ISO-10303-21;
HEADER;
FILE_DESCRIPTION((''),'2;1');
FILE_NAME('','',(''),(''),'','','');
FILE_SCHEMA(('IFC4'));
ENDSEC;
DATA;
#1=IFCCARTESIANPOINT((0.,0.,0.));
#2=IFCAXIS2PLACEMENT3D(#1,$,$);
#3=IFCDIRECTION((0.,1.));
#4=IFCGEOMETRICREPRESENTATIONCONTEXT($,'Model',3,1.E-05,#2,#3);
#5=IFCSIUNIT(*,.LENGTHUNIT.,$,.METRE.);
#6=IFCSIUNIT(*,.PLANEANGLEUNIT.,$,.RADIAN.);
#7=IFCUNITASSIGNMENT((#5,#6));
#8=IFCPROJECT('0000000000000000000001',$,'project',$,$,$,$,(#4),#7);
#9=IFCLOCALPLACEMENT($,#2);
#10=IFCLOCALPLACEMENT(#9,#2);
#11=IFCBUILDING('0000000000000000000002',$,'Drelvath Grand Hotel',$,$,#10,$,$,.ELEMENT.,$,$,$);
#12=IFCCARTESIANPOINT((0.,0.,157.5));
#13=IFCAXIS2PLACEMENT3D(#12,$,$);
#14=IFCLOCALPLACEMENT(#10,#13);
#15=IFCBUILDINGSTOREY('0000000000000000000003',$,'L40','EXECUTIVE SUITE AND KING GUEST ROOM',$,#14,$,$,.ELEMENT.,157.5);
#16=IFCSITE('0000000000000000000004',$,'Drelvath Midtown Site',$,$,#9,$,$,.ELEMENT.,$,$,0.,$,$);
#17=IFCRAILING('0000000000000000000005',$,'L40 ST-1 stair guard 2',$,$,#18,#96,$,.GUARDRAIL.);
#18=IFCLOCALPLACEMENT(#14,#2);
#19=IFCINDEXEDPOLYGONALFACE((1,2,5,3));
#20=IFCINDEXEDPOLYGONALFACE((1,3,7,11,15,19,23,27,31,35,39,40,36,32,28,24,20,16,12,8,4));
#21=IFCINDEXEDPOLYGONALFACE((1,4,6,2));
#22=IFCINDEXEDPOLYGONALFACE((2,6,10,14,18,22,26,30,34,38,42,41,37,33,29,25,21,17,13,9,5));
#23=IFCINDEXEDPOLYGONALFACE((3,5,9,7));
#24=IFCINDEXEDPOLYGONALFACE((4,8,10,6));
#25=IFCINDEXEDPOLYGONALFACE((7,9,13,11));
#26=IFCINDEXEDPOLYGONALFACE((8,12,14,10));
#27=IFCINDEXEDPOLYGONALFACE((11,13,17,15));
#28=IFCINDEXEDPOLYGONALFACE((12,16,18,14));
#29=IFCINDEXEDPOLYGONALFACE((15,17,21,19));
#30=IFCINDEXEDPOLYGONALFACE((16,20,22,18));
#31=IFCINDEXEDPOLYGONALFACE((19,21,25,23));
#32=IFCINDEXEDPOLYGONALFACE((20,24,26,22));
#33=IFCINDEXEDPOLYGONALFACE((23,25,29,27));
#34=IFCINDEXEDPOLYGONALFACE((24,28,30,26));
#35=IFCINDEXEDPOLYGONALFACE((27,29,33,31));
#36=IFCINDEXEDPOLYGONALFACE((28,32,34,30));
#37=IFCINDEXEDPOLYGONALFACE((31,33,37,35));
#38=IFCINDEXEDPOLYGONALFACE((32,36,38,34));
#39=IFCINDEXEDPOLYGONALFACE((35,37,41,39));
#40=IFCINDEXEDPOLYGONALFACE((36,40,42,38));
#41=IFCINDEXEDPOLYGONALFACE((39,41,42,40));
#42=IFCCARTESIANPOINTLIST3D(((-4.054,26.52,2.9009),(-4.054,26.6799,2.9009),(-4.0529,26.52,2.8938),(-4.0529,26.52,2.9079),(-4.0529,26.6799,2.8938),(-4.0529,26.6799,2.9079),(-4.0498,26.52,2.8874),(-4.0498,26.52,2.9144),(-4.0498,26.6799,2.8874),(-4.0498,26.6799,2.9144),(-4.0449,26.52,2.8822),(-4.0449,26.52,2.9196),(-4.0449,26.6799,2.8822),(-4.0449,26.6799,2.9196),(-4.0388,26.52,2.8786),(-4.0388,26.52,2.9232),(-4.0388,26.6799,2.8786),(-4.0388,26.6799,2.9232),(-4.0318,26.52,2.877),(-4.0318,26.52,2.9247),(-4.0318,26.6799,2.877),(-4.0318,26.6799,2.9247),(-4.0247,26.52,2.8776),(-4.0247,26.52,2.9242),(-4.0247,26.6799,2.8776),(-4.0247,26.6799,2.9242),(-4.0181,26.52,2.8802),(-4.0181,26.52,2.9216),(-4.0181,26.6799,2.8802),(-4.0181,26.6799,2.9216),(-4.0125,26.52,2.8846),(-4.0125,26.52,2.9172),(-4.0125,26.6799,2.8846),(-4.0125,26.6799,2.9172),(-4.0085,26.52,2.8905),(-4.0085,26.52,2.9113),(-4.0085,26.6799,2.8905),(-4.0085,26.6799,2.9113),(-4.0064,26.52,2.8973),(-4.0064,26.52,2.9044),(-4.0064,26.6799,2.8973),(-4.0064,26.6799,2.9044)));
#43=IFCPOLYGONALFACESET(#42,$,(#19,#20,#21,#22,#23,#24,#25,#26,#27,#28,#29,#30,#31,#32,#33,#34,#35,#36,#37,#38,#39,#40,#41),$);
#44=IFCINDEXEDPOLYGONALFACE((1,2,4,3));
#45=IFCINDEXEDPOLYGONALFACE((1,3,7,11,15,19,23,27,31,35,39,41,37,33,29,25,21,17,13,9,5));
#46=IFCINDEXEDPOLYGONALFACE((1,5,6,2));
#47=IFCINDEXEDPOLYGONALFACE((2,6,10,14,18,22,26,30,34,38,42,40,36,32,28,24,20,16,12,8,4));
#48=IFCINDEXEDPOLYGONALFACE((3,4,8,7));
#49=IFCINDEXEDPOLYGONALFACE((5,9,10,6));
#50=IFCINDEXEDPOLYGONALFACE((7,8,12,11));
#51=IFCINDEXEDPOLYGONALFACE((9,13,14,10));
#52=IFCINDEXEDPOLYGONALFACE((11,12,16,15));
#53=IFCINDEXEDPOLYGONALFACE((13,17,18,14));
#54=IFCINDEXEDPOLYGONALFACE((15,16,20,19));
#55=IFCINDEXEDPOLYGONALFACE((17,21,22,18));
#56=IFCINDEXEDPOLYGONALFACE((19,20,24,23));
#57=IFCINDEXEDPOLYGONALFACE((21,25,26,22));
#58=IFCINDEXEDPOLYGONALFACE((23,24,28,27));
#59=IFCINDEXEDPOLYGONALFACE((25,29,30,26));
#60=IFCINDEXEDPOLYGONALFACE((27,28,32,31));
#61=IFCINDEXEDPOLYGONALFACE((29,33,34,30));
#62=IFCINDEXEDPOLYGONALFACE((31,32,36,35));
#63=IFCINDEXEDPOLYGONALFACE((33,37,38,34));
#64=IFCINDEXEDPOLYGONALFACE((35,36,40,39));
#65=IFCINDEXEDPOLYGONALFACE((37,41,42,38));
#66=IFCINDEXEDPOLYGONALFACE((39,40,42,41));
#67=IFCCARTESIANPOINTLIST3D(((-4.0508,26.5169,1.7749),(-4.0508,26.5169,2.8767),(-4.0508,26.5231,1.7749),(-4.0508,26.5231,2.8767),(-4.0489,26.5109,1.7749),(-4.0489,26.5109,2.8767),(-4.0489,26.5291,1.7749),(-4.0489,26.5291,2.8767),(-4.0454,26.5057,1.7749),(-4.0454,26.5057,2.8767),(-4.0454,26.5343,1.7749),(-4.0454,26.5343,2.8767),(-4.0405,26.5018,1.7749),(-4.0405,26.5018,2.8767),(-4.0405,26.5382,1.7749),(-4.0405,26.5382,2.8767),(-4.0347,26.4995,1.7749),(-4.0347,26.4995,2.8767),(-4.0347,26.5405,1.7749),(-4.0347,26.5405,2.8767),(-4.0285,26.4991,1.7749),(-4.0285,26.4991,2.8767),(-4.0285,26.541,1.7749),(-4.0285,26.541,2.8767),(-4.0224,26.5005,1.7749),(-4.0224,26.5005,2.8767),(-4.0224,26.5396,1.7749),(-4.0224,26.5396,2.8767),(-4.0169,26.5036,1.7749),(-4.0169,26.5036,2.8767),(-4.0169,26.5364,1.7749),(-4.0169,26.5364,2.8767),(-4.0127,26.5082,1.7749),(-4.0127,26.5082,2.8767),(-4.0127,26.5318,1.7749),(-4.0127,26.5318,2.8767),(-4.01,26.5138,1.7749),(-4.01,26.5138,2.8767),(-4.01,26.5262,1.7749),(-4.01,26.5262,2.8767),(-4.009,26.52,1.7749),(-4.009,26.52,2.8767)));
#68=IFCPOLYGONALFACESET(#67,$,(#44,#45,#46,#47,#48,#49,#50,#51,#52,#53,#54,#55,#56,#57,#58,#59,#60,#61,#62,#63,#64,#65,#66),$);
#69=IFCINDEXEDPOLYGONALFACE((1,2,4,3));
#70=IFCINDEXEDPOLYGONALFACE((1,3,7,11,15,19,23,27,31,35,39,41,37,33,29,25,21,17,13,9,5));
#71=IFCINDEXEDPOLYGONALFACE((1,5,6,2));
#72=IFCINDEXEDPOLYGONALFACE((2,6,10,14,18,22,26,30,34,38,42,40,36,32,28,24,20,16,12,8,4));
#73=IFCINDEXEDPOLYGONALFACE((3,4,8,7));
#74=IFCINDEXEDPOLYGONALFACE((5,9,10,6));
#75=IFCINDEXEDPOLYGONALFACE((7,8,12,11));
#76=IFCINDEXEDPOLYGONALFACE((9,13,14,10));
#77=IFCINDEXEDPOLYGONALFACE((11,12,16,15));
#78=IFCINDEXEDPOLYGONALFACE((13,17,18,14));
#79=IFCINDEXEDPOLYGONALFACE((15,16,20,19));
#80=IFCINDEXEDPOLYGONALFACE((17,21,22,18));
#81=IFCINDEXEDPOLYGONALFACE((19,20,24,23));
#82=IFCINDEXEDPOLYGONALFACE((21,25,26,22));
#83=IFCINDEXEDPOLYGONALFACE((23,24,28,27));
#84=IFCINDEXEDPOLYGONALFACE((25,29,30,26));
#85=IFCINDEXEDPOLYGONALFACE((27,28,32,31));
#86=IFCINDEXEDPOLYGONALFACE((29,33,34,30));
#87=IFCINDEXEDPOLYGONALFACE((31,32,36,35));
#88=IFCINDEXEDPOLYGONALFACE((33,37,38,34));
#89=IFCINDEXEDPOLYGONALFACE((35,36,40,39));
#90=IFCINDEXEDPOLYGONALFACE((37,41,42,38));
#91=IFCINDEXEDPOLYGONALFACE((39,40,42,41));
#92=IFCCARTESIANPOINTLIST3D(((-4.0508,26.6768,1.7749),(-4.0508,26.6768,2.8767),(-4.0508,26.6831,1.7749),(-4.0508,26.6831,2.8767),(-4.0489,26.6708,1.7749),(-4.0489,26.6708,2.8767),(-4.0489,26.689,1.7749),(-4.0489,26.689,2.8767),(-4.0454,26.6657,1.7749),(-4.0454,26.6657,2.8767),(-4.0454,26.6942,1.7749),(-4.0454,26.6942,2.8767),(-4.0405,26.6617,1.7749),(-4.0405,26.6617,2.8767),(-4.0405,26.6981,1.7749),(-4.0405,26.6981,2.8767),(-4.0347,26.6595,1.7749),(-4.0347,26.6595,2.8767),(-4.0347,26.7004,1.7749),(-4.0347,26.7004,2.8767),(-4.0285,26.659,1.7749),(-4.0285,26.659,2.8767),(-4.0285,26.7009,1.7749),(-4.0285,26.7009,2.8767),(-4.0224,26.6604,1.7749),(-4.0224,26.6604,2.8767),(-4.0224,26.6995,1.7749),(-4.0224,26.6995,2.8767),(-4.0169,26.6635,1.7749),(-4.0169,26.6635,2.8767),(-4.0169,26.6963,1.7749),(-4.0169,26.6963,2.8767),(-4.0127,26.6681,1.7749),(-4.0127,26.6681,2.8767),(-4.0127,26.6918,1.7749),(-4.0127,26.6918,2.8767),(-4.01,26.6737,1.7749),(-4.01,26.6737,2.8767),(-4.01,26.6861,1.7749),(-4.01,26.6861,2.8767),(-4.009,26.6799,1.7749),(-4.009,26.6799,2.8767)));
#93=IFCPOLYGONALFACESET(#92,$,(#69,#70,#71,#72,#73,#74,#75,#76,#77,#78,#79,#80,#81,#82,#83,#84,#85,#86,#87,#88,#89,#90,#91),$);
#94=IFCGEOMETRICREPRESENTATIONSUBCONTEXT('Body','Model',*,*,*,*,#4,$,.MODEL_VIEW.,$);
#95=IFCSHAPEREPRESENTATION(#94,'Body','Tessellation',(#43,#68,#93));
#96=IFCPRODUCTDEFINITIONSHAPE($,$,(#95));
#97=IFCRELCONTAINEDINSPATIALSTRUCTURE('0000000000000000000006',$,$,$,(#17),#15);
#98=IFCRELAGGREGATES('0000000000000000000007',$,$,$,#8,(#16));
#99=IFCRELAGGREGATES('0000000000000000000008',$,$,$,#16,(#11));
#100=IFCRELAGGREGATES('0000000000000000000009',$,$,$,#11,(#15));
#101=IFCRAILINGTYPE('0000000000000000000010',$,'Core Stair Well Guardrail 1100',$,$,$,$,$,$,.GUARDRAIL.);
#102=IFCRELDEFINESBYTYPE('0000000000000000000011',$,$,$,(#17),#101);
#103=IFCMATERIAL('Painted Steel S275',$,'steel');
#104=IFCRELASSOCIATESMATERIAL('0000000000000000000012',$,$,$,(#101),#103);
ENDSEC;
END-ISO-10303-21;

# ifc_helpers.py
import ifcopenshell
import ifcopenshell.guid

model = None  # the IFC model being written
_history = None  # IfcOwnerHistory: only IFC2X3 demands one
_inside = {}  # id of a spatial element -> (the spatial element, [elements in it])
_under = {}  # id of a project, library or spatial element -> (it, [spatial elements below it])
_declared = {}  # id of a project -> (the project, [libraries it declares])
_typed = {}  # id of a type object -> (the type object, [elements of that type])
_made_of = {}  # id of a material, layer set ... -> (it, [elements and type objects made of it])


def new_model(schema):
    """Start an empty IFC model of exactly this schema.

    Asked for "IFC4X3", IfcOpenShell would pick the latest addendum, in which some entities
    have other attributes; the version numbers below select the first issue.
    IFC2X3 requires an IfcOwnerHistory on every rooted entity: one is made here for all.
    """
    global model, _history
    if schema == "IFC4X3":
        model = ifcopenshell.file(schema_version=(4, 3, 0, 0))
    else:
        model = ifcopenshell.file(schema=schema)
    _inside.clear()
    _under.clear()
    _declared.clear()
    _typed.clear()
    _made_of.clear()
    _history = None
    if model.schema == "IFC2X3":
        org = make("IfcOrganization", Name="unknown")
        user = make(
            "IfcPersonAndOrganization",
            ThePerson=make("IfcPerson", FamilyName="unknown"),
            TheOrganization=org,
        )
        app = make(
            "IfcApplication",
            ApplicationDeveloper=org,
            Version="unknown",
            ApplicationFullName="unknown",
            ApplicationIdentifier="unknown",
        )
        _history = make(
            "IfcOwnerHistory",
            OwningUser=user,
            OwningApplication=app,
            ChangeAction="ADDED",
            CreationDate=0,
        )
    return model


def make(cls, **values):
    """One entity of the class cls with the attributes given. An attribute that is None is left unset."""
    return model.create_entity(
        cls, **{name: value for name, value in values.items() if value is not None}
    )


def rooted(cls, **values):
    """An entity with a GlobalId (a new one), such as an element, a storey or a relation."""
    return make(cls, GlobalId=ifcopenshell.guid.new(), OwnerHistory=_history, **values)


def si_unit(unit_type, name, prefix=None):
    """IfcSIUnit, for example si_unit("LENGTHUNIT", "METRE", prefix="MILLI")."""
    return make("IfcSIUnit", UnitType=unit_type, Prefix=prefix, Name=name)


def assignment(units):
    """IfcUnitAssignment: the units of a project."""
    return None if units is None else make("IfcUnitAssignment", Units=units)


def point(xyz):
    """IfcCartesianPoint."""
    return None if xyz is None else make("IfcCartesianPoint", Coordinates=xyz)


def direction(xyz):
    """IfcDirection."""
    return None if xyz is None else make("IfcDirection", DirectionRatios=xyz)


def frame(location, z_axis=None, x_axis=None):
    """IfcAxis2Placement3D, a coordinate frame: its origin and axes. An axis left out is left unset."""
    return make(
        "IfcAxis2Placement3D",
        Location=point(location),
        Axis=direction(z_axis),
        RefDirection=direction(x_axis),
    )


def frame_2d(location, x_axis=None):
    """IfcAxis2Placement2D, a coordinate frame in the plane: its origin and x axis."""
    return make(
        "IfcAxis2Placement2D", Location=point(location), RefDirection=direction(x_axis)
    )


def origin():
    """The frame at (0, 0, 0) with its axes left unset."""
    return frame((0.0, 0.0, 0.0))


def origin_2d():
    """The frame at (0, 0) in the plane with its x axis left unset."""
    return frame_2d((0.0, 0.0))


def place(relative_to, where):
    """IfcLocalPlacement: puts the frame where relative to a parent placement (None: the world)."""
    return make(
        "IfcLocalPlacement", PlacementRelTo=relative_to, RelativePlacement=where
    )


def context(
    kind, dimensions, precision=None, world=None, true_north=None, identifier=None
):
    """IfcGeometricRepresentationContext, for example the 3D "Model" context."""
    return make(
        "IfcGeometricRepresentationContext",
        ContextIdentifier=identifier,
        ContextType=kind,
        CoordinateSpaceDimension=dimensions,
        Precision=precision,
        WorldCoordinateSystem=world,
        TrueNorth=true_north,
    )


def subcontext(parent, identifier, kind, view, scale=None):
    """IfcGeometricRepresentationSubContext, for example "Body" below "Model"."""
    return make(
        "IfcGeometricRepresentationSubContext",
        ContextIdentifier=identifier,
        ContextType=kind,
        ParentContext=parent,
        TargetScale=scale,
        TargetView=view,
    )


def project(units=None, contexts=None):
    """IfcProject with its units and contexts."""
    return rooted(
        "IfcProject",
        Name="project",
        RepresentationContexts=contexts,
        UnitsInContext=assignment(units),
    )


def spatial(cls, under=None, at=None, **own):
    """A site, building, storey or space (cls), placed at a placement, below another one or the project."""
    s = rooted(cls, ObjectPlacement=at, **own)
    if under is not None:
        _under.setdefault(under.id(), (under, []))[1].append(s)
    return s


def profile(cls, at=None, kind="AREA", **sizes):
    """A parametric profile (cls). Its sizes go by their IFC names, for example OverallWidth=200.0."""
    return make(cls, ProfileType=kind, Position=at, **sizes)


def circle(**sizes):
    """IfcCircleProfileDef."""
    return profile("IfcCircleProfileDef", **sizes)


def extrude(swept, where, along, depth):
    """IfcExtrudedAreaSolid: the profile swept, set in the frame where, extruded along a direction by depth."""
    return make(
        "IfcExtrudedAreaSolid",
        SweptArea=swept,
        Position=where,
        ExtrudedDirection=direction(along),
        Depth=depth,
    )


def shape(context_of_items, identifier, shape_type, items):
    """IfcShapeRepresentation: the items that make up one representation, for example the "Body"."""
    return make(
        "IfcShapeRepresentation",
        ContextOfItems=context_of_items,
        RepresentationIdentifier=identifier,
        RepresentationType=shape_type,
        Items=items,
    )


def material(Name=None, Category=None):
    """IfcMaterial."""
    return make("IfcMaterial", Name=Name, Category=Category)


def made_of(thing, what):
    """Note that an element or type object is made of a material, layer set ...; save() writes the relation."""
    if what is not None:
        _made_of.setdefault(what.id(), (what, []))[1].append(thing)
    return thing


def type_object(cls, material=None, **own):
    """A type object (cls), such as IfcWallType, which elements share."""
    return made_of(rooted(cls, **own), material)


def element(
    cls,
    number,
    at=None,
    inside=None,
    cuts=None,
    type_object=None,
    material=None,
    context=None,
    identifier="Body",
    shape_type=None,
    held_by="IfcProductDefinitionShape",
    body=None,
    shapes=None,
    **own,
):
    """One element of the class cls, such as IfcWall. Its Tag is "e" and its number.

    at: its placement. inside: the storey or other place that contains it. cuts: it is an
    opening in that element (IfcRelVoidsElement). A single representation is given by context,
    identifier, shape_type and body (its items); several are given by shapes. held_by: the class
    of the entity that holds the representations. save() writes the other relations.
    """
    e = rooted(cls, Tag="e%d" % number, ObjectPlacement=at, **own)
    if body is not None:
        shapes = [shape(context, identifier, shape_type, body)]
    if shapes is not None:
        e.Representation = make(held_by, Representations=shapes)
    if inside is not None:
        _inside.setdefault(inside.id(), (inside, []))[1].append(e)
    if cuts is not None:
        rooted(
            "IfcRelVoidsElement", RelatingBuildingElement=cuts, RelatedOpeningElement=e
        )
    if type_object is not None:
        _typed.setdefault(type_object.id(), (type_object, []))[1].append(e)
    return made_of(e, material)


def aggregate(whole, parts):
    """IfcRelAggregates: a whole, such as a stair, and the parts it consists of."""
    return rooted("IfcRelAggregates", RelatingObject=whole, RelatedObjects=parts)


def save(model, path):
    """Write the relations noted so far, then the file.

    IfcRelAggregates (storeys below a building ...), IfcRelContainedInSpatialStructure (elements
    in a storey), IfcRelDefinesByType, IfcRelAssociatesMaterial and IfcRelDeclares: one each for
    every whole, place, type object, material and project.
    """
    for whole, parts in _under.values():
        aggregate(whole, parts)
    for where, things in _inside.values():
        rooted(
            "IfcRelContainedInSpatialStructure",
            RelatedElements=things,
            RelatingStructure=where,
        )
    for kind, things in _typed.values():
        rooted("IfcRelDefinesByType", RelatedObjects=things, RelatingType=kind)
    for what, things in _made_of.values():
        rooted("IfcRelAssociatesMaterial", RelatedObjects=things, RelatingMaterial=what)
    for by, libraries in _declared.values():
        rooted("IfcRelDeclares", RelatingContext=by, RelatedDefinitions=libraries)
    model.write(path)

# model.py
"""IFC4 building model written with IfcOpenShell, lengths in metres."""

from ifc_helpers import new_model, si_unit, direction, frame, origin, origin_2d, place, context, subcontext, project, spatial, circle, extrude, material, type_object, element, save


model = new_model("IFC4")

# Units and contexts
model_context = context("Model", 3, precision=1e-05, world=origin(), true_north=direction((0.0, 1.0)))
body_context = subcontext(model_context, "Body", "Model", "MODEL_VIEW")
ifc_project = project(units=[si_unit("LENGTHUNIT", "METRE"), si_unit("PLANEANGLEUNIT", "RADIAN")], contexts=[model_context])

# Site, building, storey
site_placement = place(None, origin())
site = spatial("IfcSite", under=ifc_project, at=site_placement, Name="Drelvath Midtown Site", CompositionType="ELEMENT", RefElevation=0.0)
building_placement = place(site_placement, origin())
building = spatial("IfcBuilding", under=site, at=building_placement, Name="Drelvath Grand Hotel", CompositionType="ELEMENT")
storey_placement = place(building_placement, frame((0.0, 0.0, 157.5)))
storey = spatial("IfcBuildingStorey", under=building, at=storey_placement, Name="L40", Description="EXECUTIVE SUITE AND KING GUEST ROOM", CompositionType="ELEMENT", Elevation=157.5)

# Shared definitions
ifc_material_1 = material(Name="Painted Steel S275", Category="steel")

# Railing
railing_type_1 = type_object("IfcRailingType", Name="Core Stair Well Guardrail 1100", PredefinedType="GUARDRAIL", material=ifc_material_1)
railing_1_placement = place(storey_placement, frame((-4.03, 26.52, 1.7749)))
element("IfcRailing", 1, at=railing_1_placement, inside=storey, type_object=railing_type_1, Name="L40 ST-1 stair guard 2", PredefinedType="GUARDRAIL", context=body_context, shape_type="SweptSolid", body=[
    extrude(circle(Radius=0.0239, at=origin_2d()), frame((0.0, 0.0, 1.126), z_axis=(0.0, 1.0, 0.0), x_axis=(-1.0, 0.0, 0.0)), (0.0, 0.0, 1.0), 0.1599),
    extrude(circle(Radius=0.021, at=origin_2d()), origin(), (0.0, 0.0, 1.0), 1.1018),
    extrude(circle(Radius=0.021, at=origin_2d()), frame((0.0, 0.1599, 0.0)), (0.0, 0.0, 1.0), 1.1018),
])

save(model, "model.ifc")
